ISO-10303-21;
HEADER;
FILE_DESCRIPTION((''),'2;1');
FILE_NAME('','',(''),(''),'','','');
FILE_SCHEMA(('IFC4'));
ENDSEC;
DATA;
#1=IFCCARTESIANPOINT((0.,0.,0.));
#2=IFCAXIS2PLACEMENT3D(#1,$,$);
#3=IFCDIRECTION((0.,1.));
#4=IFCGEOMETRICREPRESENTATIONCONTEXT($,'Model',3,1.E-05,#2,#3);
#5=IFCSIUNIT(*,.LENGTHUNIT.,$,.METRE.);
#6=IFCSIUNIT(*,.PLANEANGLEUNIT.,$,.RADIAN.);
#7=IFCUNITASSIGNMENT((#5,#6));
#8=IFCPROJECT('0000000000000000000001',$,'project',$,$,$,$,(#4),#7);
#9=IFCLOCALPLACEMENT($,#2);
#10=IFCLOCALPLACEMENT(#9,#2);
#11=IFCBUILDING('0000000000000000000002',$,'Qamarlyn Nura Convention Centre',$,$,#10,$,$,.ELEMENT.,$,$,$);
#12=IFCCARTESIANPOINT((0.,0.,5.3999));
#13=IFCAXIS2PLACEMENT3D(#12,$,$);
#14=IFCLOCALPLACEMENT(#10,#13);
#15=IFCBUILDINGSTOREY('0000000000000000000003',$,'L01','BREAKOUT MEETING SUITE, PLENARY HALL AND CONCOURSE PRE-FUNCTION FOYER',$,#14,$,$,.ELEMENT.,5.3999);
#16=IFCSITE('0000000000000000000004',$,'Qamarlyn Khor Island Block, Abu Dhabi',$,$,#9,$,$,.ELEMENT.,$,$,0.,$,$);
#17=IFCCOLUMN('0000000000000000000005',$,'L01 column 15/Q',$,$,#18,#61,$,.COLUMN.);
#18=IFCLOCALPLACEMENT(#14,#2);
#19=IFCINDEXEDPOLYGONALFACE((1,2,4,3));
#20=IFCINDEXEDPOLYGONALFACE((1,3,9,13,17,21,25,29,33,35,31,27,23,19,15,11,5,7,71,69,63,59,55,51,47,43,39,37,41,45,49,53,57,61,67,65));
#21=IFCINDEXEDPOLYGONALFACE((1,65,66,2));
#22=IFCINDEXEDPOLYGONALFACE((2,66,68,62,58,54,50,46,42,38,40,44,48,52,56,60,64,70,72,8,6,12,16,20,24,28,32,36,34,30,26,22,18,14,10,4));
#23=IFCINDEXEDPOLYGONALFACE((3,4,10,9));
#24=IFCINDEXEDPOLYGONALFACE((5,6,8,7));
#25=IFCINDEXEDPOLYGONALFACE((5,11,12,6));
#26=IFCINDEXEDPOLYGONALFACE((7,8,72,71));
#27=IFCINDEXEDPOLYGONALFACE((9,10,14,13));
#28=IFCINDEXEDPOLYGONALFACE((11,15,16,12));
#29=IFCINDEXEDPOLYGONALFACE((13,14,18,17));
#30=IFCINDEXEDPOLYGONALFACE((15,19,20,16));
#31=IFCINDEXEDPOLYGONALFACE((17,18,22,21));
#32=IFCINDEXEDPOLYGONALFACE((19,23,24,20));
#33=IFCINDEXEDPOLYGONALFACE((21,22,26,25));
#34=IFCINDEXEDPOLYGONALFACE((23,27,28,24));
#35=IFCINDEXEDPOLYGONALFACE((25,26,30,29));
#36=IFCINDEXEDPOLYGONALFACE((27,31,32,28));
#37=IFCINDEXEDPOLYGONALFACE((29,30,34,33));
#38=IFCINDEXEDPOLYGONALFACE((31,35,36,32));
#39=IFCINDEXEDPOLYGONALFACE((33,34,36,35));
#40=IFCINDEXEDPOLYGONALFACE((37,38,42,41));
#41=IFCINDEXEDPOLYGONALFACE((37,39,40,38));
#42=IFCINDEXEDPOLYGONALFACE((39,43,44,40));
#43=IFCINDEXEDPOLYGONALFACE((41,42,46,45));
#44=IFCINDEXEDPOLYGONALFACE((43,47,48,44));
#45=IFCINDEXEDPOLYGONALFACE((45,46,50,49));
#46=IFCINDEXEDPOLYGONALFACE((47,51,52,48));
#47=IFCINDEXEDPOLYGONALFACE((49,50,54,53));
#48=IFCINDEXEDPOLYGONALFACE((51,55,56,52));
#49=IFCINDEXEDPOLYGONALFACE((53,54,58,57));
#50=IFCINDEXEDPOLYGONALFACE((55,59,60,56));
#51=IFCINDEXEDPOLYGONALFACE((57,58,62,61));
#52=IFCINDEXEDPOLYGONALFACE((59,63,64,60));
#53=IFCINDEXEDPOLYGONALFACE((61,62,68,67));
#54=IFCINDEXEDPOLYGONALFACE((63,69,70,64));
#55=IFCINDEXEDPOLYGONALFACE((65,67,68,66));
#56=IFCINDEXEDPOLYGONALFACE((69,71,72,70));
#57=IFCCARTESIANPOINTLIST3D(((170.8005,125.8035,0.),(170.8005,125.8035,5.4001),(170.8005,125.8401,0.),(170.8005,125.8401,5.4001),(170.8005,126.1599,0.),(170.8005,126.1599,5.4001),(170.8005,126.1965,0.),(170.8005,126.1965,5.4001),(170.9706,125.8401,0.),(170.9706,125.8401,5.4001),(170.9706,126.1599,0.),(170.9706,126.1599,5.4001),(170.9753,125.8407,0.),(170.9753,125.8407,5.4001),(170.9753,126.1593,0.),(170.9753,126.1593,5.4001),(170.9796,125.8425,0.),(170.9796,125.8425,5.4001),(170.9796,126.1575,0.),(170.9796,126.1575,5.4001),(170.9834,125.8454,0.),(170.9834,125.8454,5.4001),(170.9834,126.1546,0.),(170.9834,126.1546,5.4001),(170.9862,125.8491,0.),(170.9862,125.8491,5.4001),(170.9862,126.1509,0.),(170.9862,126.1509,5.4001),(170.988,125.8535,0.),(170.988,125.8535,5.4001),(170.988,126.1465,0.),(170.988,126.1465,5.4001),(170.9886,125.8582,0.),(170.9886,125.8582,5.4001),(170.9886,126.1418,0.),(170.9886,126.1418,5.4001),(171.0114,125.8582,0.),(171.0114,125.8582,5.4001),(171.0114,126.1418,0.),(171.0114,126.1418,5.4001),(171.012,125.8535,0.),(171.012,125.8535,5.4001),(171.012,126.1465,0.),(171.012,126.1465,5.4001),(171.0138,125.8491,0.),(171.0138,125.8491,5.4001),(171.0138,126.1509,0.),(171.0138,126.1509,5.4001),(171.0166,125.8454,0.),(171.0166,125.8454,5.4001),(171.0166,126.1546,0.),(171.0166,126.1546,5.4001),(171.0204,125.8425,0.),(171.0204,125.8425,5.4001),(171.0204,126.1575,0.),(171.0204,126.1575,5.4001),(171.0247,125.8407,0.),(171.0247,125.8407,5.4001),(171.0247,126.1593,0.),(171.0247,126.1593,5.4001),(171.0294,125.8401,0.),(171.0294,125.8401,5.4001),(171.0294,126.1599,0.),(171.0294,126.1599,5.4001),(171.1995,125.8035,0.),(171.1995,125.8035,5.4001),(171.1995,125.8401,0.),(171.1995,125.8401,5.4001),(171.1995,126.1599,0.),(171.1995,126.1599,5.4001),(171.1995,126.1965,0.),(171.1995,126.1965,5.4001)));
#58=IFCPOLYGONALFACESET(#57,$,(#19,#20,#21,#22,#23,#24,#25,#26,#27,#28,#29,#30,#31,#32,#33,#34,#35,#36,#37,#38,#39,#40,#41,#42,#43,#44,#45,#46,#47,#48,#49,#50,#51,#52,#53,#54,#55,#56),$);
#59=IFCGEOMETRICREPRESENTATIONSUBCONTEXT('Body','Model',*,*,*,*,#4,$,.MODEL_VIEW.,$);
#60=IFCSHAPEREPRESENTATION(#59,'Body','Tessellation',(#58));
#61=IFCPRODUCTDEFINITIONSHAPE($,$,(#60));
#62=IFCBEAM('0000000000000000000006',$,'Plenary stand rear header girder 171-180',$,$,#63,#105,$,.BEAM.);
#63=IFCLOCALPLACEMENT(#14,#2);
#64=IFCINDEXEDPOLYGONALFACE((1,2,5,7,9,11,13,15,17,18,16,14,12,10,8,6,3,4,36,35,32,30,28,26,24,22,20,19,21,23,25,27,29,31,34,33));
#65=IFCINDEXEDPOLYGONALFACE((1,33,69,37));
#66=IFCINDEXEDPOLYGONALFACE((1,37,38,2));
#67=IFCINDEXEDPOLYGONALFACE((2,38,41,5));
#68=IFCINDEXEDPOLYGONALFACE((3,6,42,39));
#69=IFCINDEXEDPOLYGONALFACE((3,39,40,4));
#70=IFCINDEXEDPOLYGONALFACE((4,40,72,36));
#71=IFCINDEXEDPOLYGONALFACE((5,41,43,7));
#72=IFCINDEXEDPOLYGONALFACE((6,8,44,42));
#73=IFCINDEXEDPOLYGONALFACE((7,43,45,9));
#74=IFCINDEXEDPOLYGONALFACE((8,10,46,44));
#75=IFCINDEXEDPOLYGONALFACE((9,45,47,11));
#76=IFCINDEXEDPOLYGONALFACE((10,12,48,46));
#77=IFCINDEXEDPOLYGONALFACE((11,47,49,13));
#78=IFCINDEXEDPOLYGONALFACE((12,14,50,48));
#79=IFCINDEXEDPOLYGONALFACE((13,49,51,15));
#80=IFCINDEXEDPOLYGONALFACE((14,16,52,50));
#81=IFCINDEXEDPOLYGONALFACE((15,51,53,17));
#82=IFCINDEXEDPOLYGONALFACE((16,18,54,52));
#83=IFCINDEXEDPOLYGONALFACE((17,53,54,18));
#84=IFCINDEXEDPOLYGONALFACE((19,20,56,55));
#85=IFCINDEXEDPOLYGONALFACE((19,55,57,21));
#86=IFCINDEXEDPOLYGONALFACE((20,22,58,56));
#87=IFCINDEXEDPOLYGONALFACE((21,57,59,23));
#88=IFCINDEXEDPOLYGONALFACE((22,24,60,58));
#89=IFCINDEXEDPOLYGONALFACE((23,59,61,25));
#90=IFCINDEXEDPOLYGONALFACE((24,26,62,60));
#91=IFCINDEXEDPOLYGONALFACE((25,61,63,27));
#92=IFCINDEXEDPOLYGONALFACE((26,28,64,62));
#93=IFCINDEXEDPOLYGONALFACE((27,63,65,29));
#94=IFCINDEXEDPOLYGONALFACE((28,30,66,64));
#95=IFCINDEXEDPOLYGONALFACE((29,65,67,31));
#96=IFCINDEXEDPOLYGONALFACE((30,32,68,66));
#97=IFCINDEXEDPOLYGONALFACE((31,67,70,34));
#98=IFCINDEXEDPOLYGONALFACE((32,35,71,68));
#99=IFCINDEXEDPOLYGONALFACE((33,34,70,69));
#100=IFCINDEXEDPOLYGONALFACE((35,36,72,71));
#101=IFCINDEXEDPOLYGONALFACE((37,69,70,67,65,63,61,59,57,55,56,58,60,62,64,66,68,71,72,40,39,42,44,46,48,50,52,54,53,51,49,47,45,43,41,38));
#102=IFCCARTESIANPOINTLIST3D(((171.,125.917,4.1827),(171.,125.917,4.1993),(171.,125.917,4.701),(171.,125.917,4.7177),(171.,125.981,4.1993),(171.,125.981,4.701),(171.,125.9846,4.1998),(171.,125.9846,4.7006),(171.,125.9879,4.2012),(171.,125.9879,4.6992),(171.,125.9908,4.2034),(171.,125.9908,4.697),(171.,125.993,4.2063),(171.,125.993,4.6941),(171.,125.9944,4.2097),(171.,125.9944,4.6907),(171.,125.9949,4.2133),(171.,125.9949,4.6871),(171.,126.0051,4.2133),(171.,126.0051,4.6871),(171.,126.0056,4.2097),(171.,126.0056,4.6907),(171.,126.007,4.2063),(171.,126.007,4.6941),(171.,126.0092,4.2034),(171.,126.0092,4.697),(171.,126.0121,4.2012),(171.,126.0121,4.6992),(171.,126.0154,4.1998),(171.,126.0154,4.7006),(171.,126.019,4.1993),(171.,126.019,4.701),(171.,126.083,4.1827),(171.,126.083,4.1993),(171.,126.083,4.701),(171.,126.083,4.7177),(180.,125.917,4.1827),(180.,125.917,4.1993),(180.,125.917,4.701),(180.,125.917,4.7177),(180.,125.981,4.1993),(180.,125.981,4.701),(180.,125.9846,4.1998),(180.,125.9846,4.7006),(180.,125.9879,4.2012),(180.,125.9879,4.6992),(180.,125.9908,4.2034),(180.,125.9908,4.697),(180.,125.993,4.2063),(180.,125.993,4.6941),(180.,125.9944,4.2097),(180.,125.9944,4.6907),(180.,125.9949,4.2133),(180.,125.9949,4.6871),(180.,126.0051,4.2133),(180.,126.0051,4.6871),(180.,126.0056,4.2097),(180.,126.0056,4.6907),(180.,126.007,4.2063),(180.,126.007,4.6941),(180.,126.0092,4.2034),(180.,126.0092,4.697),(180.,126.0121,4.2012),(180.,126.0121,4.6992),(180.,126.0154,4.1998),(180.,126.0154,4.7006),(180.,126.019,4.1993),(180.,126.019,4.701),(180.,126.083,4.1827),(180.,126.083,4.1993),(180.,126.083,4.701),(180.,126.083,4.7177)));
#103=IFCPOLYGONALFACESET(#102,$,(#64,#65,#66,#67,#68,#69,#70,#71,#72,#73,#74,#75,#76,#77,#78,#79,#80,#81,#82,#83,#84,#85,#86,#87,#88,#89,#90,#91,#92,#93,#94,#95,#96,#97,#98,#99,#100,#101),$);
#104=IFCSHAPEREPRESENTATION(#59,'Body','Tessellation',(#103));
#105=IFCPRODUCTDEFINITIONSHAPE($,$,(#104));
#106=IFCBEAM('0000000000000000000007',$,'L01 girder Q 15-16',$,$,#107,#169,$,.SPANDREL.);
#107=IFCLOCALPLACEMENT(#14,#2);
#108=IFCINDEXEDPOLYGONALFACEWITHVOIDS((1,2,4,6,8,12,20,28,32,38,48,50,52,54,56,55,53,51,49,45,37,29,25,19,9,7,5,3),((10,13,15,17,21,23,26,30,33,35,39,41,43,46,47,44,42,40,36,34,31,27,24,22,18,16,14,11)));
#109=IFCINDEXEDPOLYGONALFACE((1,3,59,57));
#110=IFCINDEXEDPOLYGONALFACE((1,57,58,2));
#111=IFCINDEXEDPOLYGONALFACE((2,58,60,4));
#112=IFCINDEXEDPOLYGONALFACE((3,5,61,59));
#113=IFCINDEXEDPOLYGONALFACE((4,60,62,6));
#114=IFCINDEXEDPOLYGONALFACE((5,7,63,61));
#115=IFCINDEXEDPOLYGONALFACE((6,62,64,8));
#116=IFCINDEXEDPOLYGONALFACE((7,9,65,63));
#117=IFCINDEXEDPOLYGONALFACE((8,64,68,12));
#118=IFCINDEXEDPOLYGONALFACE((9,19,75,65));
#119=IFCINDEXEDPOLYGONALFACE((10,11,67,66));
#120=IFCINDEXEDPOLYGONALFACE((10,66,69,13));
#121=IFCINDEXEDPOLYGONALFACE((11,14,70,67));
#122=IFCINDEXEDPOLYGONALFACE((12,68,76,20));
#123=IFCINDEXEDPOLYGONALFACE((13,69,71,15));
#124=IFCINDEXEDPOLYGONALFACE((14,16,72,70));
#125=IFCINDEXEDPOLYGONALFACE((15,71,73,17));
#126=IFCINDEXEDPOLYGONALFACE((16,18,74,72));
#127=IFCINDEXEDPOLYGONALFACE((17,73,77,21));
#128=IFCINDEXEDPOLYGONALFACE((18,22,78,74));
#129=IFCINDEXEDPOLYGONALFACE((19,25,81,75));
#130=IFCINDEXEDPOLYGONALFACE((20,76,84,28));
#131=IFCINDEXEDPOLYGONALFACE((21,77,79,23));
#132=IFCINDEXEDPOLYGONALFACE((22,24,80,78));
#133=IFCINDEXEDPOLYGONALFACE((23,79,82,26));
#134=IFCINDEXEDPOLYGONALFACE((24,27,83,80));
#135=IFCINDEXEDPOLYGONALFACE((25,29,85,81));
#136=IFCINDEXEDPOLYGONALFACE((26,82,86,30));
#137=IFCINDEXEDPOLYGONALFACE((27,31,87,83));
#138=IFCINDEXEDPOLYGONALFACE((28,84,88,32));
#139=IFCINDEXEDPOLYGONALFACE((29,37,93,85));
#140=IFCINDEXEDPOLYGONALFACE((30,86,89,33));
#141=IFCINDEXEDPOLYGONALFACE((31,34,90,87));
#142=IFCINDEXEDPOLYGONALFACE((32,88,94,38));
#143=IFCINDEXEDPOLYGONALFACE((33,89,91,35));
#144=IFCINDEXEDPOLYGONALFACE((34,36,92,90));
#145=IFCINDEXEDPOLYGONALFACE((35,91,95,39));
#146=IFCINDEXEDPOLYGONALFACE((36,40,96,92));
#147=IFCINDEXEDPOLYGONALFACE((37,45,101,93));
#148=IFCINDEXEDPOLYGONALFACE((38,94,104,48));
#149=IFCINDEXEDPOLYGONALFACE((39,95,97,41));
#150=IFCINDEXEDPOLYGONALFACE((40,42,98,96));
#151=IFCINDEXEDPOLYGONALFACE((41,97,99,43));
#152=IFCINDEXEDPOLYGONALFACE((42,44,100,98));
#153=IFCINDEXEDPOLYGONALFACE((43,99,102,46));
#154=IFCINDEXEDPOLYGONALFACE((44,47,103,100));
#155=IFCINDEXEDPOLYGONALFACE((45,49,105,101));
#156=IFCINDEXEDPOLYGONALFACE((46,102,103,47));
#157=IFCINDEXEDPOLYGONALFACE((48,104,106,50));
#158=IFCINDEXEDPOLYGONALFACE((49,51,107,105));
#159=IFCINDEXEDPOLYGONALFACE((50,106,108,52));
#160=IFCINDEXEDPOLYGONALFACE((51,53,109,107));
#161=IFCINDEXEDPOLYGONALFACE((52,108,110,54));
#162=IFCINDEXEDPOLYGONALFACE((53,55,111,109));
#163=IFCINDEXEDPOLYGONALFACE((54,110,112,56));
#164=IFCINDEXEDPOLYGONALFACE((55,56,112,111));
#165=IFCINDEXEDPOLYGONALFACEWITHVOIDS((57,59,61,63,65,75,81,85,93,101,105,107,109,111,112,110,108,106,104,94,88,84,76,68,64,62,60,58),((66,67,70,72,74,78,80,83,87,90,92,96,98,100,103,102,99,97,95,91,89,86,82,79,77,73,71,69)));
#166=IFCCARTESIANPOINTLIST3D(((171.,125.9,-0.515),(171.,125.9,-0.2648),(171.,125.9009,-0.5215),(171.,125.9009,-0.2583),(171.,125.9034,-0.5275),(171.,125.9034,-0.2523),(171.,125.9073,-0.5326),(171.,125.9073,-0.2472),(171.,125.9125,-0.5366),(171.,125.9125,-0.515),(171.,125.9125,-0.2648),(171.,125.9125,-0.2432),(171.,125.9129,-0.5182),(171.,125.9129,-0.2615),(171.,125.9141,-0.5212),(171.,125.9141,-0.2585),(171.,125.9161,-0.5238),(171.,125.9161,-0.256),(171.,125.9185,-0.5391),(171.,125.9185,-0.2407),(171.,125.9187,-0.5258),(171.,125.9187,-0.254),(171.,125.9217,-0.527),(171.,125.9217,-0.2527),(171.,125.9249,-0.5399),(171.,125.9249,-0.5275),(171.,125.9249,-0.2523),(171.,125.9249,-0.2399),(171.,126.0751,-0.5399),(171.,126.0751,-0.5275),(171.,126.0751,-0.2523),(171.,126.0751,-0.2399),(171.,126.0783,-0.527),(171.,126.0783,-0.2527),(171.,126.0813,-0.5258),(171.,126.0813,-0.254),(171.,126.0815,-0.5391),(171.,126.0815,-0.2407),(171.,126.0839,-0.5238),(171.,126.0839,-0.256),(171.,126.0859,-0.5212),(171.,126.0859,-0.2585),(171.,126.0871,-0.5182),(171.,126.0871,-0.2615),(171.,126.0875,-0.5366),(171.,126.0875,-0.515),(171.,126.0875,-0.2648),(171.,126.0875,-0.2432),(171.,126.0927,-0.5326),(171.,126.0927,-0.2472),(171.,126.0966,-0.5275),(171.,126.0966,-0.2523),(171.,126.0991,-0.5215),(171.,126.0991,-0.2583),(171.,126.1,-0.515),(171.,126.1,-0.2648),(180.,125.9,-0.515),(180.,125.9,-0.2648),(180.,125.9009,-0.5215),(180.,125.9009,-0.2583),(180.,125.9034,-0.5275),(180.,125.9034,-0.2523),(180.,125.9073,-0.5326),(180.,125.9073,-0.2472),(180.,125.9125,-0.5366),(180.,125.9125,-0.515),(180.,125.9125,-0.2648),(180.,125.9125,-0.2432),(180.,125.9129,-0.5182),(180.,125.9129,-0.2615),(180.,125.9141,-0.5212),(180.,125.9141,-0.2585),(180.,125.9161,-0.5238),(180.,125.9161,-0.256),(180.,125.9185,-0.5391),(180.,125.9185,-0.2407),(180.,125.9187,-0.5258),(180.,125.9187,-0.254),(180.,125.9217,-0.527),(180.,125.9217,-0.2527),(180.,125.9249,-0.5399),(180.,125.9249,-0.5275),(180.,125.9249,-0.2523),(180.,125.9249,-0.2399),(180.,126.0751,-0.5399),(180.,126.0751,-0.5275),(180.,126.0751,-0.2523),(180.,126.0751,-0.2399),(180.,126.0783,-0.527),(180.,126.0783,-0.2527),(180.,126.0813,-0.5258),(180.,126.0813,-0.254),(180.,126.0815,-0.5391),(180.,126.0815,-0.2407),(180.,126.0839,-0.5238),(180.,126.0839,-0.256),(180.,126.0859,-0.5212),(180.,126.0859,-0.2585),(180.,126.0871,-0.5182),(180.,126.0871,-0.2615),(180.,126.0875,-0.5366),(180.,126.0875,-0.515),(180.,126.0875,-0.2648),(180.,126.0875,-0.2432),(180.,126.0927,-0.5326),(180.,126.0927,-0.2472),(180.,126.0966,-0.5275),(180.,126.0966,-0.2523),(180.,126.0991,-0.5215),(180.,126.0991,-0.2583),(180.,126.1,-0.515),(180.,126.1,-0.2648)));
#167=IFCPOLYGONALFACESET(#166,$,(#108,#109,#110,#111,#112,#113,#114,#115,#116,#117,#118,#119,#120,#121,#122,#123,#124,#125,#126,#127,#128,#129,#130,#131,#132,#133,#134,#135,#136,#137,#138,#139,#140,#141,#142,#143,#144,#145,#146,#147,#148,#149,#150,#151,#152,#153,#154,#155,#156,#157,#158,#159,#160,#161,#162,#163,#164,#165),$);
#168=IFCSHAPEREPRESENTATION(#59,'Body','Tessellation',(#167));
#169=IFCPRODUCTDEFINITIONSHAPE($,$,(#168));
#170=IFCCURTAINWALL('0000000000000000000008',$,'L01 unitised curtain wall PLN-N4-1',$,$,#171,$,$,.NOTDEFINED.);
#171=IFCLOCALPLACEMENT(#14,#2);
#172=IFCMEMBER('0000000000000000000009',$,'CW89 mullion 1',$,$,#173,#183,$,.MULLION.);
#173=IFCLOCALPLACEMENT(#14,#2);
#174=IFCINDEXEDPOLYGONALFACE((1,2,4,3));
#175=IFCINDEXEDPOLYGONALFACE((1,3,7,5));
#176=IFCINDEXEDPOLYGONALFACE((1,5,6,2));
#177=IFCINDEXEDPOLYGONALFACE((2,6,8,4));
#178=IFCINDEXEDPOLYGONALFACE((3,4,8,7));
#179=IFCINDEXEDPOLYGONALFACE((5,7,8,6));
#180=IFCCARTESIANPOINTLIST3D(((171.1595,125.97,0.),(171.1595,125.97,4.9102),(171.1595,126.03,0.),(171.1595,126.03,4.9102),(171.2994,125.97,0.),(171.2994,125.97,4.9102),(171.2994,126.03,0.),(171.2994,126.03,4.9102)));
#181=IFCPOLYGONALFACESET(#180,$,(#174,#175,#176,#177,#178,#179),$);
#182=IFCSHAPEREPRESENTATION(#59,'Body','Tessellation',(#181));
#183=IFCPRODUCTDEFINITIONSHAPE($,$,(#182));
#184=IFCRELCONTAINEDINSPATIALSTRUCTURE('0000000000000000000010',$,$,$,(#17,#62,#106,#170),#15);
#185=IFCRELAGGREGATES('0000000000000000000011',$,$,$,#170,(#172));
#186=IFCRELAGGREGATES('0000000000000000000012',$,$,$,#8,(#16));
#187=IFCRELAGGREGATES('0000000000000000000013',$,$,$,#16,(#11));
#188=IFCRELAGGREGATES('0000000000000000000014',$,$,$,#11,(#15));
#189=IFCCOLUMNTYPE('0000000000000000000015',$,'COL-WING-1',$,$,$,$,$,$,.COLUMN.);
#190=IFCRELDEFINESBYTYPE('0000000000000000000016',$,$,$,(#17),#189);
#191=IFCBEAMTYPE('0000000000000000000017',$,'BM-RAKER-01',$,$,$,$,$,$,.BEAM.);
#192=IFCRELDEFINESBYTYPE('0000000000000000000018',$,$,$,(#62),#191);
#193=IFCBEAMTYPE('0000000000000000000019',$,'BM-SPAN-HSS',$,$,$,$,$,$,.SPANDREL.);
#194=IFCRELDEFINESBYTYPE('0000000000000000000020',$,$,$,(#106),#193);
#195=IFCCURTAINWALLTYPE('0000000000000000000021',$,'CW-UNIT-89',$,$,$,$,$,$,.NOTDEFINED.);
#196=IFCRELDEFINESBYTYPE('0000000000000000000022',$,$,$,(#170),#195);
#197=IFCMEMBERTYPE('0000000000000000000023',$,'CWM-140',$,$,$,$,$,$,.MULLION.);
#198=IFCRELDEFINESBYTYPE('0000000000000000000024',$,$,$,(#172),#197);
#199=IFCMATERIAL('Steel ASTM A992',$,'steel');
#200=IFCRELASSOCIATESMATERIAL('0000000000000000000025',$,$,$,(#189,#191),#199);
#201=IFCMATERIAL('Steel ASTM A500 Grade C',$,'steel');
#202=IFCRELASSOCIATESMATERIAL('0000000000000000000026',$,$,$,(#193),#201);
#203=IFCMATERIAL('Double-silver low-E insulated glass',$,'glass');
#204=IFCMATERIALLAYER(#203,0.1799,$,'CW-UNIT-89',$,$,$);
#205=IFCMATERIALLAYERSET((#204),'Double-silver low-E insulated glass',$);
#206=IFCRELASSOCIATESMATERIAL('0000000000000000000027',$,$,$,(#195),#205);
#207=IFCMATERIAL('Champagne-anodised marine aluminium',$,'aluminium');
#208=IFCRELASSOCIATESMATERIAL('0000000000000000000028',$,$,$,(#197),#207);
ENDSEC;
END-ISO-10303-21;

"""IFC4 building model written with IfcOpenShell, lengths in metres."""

from ifc_helpers import new_model, si_unit, direction, frame, origin, origin_2d, place, context, subcontext, project, spatial, rectangle, hollow_rectangle, i_section, extrude, material, layer, layer_set, material_profile, profile_set, type_object, element, aggregate, save


model = new_model("IFC4")

# Units and contexts
model_context = context("Model", 3, precision=1e-05, world=origin(), true_north=direction((0.0, 1.0)))
body_context = subcontext(model_context, "Body", "Model", "MODEL_VIEW")
ifc_project = project(units=[si_unit("LENGTHUNIT", "METRE"), si_unit("PLANEANGLEUNIT", "RADIAN")], contexts=[model_context])

# Site, building, storey
site_placement = place(None, origin())
site = spatial("IfcSite", under=ifc_project, at=site_placement, Name="Qamarlyn Khor Island Block, Abu Dhabi", CompositionType="ELEMENT", RefElevation=0.0)
building_placement = place(site_placement, origin())
building = spatial("IfcBuilding", under=site, at=building_placement, Name="Qamarlyn Nura Convention Centre", CompositionType="ELEMENT")
storey_placement = place(building_placement, frame((0.0, 0.0, 5.3999)))
storey = spatial("IfcBuildingStorey", under=building, at=storey_placement, Name="L01", Description="BREAKOUT MEETING SUITE, PLENARY HALL AND CONCOURSE PRE-FUNCTION FOYER", CompositionType="ELEMENT", Elevation=5.3999)

# Column
ifc_material_1 = material(Name="Steel ASTM A992", Category="steel")
ifc_material_profile_1 = material_profile(ifc_material_1, i_section(OverallWidth=0.3989, OverallDepth=0.3931, WebThickness=0.0227, FlangeThickness=0.0366, FilletRadius=0.0181, at=origin_2d()), Name="W360X287")
ifc_profile_set_1 = profile_set([ifc_material_profile_1], Name="Steel ASTM A992")
column_type = type_object("IfcColumnType", Name="COL-WING-1", PredefinedType="COLUMN", material=ifc_profile_set_1)
column_placement = place(storey_placement, frame((171.0, 126.0, 0.0), z_axis=(0.0, 0.0, 1.0), x_axis=(1.0, 0.0, 0.0)))
element("IfcColumn", 1, at=column_placement, inside=storey, type_object=column_type, Name="L01 column 15/Q", PredefinedType="COLUMN", context=body_context, shape_type="SweptSolid", body=[
    extrude(i_section(OverallWidth=0.3989, OverallDepth=0.3931, WebThickness=0.0227, FlangeThickness=0.0366, FilletRadius=0.0181, at=origin_2d()), origin(), (0.0, 0.0, 1.0), 5.4001),
])

# Beams
ifc_material_profile_2 = material_profile(ifc_material_1, i_section(OverallWidth=0.166, OverallDepth=0.5349, WebThickness=0.0103, FlangeThickness=0.0166, FilletRadius=0.0139, at=origin_2d()), Name="W530X85")
ifc_profile_set_2 = profile_set([ifc_material_profile_2], Name="Steel ASTM A992")
beam_type_1 = type_object("IfcBeamType", Name="BM-RAKER-01", PredefinedType="BEAM", material=ifc_profile_set_2)
beam_1_placement = place(storey_placement, frame((171.0, 126.0, 4.4502), z_axis=(1.0, 0.0, 0.0), x_axis=(0.0, 1.0, 0.0)))
element("IfcBeam", 2, at=beam_1_placement, inside=storey, type_object=beam_type_1, Name="Plenary stand rear header girder 171-180", PredefinedType="BEAM", context=body_context, shape_type="SweptSolid", body=[
    extrude(i_section(OverallWidth=0.166, OverallDepth=0.5349, WebThickness=0.0103, FlangeThickness=0.0166, FilletRadius=0.0139, at=origin_2d()), origin(), (0.0, 0.0, 1.0), 9.0),
])
ifc_material_2 = material(Name="Steel ASTM A500 Grade C", Category="steel")
ifc_material_profile_3 = material_profile(ifc_material_2, hollow_rectangle(XDim=0.2, YDim=0.3, WallThickness=0.0125, InnerFilletRadius=0.0125, OuterFilletRadius=0.0249, at=origin_2d()), Name="HSS300X200X12.5")
ifc_profile_set_3 = profile_set([ifc_material_profile_3], Name="Steel ASTM A500 Grade C")
beam_type_2 = type_object("IfcBeamType", Name="BM-SPAN-HSS", PredefinedType="SPANDREL", material=ifc_profile_set_3)
beam_2_placement = place(storey_placement, frame((171.0, 126.0, -0.3899), z_axis=(1.0, 0.0, 0.0), x_axis=(0.0, 1.0, 0.0)))
element("IfcBeam", 3, at=beam_2_placement, inside=storey, type_object=beam_type_2, Name="L01 girder Q 15-16", PredefinedType="SPANDREL", context=body_context, shape_type="SweptSolid", body=[
    extrude(hollow_rectangle(XDim=0.2, YDim=0.3, WallThickness=0.0125, InnerFilletRadius=0.0125, OuterFilletRadius=0.0249, at=origin_2d()), origin(), (0.0, 0.0, 1.0), 9.0),
])

# Curtain wall, member
ifc_material_3 = material(Name="Double-silver low-E insulated glass", Category="glass")
ifc_layer_1 = layer(ifc_material_3, 0.1799, Name="CW-UNIT-89")
ifc_layer_set_1 = layer_set([ifc_layer_1], Name="Double-silver low-E insulated glass")
curtain_wall_type_1 = type_object("IfcCurtainWallType", Name="CW-UNIT-89", PredefinedType="NOTDEFINED", material=ifc_layer_set_1)
curtain_wall_1_placement = place(storey_placement, origin())
curtain_wall_1 = element("IfcCurtainWall", 4, at=curtain_wall_1_placement, inside=storey, type_object=curtain_wall_type_1, Name="L01 unitised curtain wall PLN-N4-1", PredefinedType="NOTDEFINED")
ifc_material_4 = material(Name="Champagne-anodised marine aluminium", Category="aluminium")
ifc_material_profile_4 = material_profile(ifc_material_4, rectangle(XDim=0.0601, YDim=0.1399, at=origin_2d()), Name="ALU MULLION 60x140")
ifc_profile_set_4 = profile_set([ifc_material_profile_4], Name="Champagne-anodised marine aluminium")
member_type_1 = type_object("IfcMemberType", Name="CWM-140", PredefinedType="MULLION", material=ifc_profile_set_4)
member_1_placement = place(storey_placement, frame((171.2295, 126.0, 0.0), z_axis=(0.0, 0.0, 1.0), x_axis=(0.0, 1.0, 0.0)))
member_1 = element("IfcMember", 5, at=member_1_placement, type_object=member_type_1, Name="CW89 mullion 1", PredefinedType="MULLION", context=body_context, shape_type="SweptSolid", body=[
    extrude(rectangle(XDim=0.0601, YDim=0.1399, at=origin_2d()), origin(), (0.0, 0.0, 1.0), 4.9102),
])

aggregate(curtain_wall_1, [member_1])

save(model, "model.ifc")
